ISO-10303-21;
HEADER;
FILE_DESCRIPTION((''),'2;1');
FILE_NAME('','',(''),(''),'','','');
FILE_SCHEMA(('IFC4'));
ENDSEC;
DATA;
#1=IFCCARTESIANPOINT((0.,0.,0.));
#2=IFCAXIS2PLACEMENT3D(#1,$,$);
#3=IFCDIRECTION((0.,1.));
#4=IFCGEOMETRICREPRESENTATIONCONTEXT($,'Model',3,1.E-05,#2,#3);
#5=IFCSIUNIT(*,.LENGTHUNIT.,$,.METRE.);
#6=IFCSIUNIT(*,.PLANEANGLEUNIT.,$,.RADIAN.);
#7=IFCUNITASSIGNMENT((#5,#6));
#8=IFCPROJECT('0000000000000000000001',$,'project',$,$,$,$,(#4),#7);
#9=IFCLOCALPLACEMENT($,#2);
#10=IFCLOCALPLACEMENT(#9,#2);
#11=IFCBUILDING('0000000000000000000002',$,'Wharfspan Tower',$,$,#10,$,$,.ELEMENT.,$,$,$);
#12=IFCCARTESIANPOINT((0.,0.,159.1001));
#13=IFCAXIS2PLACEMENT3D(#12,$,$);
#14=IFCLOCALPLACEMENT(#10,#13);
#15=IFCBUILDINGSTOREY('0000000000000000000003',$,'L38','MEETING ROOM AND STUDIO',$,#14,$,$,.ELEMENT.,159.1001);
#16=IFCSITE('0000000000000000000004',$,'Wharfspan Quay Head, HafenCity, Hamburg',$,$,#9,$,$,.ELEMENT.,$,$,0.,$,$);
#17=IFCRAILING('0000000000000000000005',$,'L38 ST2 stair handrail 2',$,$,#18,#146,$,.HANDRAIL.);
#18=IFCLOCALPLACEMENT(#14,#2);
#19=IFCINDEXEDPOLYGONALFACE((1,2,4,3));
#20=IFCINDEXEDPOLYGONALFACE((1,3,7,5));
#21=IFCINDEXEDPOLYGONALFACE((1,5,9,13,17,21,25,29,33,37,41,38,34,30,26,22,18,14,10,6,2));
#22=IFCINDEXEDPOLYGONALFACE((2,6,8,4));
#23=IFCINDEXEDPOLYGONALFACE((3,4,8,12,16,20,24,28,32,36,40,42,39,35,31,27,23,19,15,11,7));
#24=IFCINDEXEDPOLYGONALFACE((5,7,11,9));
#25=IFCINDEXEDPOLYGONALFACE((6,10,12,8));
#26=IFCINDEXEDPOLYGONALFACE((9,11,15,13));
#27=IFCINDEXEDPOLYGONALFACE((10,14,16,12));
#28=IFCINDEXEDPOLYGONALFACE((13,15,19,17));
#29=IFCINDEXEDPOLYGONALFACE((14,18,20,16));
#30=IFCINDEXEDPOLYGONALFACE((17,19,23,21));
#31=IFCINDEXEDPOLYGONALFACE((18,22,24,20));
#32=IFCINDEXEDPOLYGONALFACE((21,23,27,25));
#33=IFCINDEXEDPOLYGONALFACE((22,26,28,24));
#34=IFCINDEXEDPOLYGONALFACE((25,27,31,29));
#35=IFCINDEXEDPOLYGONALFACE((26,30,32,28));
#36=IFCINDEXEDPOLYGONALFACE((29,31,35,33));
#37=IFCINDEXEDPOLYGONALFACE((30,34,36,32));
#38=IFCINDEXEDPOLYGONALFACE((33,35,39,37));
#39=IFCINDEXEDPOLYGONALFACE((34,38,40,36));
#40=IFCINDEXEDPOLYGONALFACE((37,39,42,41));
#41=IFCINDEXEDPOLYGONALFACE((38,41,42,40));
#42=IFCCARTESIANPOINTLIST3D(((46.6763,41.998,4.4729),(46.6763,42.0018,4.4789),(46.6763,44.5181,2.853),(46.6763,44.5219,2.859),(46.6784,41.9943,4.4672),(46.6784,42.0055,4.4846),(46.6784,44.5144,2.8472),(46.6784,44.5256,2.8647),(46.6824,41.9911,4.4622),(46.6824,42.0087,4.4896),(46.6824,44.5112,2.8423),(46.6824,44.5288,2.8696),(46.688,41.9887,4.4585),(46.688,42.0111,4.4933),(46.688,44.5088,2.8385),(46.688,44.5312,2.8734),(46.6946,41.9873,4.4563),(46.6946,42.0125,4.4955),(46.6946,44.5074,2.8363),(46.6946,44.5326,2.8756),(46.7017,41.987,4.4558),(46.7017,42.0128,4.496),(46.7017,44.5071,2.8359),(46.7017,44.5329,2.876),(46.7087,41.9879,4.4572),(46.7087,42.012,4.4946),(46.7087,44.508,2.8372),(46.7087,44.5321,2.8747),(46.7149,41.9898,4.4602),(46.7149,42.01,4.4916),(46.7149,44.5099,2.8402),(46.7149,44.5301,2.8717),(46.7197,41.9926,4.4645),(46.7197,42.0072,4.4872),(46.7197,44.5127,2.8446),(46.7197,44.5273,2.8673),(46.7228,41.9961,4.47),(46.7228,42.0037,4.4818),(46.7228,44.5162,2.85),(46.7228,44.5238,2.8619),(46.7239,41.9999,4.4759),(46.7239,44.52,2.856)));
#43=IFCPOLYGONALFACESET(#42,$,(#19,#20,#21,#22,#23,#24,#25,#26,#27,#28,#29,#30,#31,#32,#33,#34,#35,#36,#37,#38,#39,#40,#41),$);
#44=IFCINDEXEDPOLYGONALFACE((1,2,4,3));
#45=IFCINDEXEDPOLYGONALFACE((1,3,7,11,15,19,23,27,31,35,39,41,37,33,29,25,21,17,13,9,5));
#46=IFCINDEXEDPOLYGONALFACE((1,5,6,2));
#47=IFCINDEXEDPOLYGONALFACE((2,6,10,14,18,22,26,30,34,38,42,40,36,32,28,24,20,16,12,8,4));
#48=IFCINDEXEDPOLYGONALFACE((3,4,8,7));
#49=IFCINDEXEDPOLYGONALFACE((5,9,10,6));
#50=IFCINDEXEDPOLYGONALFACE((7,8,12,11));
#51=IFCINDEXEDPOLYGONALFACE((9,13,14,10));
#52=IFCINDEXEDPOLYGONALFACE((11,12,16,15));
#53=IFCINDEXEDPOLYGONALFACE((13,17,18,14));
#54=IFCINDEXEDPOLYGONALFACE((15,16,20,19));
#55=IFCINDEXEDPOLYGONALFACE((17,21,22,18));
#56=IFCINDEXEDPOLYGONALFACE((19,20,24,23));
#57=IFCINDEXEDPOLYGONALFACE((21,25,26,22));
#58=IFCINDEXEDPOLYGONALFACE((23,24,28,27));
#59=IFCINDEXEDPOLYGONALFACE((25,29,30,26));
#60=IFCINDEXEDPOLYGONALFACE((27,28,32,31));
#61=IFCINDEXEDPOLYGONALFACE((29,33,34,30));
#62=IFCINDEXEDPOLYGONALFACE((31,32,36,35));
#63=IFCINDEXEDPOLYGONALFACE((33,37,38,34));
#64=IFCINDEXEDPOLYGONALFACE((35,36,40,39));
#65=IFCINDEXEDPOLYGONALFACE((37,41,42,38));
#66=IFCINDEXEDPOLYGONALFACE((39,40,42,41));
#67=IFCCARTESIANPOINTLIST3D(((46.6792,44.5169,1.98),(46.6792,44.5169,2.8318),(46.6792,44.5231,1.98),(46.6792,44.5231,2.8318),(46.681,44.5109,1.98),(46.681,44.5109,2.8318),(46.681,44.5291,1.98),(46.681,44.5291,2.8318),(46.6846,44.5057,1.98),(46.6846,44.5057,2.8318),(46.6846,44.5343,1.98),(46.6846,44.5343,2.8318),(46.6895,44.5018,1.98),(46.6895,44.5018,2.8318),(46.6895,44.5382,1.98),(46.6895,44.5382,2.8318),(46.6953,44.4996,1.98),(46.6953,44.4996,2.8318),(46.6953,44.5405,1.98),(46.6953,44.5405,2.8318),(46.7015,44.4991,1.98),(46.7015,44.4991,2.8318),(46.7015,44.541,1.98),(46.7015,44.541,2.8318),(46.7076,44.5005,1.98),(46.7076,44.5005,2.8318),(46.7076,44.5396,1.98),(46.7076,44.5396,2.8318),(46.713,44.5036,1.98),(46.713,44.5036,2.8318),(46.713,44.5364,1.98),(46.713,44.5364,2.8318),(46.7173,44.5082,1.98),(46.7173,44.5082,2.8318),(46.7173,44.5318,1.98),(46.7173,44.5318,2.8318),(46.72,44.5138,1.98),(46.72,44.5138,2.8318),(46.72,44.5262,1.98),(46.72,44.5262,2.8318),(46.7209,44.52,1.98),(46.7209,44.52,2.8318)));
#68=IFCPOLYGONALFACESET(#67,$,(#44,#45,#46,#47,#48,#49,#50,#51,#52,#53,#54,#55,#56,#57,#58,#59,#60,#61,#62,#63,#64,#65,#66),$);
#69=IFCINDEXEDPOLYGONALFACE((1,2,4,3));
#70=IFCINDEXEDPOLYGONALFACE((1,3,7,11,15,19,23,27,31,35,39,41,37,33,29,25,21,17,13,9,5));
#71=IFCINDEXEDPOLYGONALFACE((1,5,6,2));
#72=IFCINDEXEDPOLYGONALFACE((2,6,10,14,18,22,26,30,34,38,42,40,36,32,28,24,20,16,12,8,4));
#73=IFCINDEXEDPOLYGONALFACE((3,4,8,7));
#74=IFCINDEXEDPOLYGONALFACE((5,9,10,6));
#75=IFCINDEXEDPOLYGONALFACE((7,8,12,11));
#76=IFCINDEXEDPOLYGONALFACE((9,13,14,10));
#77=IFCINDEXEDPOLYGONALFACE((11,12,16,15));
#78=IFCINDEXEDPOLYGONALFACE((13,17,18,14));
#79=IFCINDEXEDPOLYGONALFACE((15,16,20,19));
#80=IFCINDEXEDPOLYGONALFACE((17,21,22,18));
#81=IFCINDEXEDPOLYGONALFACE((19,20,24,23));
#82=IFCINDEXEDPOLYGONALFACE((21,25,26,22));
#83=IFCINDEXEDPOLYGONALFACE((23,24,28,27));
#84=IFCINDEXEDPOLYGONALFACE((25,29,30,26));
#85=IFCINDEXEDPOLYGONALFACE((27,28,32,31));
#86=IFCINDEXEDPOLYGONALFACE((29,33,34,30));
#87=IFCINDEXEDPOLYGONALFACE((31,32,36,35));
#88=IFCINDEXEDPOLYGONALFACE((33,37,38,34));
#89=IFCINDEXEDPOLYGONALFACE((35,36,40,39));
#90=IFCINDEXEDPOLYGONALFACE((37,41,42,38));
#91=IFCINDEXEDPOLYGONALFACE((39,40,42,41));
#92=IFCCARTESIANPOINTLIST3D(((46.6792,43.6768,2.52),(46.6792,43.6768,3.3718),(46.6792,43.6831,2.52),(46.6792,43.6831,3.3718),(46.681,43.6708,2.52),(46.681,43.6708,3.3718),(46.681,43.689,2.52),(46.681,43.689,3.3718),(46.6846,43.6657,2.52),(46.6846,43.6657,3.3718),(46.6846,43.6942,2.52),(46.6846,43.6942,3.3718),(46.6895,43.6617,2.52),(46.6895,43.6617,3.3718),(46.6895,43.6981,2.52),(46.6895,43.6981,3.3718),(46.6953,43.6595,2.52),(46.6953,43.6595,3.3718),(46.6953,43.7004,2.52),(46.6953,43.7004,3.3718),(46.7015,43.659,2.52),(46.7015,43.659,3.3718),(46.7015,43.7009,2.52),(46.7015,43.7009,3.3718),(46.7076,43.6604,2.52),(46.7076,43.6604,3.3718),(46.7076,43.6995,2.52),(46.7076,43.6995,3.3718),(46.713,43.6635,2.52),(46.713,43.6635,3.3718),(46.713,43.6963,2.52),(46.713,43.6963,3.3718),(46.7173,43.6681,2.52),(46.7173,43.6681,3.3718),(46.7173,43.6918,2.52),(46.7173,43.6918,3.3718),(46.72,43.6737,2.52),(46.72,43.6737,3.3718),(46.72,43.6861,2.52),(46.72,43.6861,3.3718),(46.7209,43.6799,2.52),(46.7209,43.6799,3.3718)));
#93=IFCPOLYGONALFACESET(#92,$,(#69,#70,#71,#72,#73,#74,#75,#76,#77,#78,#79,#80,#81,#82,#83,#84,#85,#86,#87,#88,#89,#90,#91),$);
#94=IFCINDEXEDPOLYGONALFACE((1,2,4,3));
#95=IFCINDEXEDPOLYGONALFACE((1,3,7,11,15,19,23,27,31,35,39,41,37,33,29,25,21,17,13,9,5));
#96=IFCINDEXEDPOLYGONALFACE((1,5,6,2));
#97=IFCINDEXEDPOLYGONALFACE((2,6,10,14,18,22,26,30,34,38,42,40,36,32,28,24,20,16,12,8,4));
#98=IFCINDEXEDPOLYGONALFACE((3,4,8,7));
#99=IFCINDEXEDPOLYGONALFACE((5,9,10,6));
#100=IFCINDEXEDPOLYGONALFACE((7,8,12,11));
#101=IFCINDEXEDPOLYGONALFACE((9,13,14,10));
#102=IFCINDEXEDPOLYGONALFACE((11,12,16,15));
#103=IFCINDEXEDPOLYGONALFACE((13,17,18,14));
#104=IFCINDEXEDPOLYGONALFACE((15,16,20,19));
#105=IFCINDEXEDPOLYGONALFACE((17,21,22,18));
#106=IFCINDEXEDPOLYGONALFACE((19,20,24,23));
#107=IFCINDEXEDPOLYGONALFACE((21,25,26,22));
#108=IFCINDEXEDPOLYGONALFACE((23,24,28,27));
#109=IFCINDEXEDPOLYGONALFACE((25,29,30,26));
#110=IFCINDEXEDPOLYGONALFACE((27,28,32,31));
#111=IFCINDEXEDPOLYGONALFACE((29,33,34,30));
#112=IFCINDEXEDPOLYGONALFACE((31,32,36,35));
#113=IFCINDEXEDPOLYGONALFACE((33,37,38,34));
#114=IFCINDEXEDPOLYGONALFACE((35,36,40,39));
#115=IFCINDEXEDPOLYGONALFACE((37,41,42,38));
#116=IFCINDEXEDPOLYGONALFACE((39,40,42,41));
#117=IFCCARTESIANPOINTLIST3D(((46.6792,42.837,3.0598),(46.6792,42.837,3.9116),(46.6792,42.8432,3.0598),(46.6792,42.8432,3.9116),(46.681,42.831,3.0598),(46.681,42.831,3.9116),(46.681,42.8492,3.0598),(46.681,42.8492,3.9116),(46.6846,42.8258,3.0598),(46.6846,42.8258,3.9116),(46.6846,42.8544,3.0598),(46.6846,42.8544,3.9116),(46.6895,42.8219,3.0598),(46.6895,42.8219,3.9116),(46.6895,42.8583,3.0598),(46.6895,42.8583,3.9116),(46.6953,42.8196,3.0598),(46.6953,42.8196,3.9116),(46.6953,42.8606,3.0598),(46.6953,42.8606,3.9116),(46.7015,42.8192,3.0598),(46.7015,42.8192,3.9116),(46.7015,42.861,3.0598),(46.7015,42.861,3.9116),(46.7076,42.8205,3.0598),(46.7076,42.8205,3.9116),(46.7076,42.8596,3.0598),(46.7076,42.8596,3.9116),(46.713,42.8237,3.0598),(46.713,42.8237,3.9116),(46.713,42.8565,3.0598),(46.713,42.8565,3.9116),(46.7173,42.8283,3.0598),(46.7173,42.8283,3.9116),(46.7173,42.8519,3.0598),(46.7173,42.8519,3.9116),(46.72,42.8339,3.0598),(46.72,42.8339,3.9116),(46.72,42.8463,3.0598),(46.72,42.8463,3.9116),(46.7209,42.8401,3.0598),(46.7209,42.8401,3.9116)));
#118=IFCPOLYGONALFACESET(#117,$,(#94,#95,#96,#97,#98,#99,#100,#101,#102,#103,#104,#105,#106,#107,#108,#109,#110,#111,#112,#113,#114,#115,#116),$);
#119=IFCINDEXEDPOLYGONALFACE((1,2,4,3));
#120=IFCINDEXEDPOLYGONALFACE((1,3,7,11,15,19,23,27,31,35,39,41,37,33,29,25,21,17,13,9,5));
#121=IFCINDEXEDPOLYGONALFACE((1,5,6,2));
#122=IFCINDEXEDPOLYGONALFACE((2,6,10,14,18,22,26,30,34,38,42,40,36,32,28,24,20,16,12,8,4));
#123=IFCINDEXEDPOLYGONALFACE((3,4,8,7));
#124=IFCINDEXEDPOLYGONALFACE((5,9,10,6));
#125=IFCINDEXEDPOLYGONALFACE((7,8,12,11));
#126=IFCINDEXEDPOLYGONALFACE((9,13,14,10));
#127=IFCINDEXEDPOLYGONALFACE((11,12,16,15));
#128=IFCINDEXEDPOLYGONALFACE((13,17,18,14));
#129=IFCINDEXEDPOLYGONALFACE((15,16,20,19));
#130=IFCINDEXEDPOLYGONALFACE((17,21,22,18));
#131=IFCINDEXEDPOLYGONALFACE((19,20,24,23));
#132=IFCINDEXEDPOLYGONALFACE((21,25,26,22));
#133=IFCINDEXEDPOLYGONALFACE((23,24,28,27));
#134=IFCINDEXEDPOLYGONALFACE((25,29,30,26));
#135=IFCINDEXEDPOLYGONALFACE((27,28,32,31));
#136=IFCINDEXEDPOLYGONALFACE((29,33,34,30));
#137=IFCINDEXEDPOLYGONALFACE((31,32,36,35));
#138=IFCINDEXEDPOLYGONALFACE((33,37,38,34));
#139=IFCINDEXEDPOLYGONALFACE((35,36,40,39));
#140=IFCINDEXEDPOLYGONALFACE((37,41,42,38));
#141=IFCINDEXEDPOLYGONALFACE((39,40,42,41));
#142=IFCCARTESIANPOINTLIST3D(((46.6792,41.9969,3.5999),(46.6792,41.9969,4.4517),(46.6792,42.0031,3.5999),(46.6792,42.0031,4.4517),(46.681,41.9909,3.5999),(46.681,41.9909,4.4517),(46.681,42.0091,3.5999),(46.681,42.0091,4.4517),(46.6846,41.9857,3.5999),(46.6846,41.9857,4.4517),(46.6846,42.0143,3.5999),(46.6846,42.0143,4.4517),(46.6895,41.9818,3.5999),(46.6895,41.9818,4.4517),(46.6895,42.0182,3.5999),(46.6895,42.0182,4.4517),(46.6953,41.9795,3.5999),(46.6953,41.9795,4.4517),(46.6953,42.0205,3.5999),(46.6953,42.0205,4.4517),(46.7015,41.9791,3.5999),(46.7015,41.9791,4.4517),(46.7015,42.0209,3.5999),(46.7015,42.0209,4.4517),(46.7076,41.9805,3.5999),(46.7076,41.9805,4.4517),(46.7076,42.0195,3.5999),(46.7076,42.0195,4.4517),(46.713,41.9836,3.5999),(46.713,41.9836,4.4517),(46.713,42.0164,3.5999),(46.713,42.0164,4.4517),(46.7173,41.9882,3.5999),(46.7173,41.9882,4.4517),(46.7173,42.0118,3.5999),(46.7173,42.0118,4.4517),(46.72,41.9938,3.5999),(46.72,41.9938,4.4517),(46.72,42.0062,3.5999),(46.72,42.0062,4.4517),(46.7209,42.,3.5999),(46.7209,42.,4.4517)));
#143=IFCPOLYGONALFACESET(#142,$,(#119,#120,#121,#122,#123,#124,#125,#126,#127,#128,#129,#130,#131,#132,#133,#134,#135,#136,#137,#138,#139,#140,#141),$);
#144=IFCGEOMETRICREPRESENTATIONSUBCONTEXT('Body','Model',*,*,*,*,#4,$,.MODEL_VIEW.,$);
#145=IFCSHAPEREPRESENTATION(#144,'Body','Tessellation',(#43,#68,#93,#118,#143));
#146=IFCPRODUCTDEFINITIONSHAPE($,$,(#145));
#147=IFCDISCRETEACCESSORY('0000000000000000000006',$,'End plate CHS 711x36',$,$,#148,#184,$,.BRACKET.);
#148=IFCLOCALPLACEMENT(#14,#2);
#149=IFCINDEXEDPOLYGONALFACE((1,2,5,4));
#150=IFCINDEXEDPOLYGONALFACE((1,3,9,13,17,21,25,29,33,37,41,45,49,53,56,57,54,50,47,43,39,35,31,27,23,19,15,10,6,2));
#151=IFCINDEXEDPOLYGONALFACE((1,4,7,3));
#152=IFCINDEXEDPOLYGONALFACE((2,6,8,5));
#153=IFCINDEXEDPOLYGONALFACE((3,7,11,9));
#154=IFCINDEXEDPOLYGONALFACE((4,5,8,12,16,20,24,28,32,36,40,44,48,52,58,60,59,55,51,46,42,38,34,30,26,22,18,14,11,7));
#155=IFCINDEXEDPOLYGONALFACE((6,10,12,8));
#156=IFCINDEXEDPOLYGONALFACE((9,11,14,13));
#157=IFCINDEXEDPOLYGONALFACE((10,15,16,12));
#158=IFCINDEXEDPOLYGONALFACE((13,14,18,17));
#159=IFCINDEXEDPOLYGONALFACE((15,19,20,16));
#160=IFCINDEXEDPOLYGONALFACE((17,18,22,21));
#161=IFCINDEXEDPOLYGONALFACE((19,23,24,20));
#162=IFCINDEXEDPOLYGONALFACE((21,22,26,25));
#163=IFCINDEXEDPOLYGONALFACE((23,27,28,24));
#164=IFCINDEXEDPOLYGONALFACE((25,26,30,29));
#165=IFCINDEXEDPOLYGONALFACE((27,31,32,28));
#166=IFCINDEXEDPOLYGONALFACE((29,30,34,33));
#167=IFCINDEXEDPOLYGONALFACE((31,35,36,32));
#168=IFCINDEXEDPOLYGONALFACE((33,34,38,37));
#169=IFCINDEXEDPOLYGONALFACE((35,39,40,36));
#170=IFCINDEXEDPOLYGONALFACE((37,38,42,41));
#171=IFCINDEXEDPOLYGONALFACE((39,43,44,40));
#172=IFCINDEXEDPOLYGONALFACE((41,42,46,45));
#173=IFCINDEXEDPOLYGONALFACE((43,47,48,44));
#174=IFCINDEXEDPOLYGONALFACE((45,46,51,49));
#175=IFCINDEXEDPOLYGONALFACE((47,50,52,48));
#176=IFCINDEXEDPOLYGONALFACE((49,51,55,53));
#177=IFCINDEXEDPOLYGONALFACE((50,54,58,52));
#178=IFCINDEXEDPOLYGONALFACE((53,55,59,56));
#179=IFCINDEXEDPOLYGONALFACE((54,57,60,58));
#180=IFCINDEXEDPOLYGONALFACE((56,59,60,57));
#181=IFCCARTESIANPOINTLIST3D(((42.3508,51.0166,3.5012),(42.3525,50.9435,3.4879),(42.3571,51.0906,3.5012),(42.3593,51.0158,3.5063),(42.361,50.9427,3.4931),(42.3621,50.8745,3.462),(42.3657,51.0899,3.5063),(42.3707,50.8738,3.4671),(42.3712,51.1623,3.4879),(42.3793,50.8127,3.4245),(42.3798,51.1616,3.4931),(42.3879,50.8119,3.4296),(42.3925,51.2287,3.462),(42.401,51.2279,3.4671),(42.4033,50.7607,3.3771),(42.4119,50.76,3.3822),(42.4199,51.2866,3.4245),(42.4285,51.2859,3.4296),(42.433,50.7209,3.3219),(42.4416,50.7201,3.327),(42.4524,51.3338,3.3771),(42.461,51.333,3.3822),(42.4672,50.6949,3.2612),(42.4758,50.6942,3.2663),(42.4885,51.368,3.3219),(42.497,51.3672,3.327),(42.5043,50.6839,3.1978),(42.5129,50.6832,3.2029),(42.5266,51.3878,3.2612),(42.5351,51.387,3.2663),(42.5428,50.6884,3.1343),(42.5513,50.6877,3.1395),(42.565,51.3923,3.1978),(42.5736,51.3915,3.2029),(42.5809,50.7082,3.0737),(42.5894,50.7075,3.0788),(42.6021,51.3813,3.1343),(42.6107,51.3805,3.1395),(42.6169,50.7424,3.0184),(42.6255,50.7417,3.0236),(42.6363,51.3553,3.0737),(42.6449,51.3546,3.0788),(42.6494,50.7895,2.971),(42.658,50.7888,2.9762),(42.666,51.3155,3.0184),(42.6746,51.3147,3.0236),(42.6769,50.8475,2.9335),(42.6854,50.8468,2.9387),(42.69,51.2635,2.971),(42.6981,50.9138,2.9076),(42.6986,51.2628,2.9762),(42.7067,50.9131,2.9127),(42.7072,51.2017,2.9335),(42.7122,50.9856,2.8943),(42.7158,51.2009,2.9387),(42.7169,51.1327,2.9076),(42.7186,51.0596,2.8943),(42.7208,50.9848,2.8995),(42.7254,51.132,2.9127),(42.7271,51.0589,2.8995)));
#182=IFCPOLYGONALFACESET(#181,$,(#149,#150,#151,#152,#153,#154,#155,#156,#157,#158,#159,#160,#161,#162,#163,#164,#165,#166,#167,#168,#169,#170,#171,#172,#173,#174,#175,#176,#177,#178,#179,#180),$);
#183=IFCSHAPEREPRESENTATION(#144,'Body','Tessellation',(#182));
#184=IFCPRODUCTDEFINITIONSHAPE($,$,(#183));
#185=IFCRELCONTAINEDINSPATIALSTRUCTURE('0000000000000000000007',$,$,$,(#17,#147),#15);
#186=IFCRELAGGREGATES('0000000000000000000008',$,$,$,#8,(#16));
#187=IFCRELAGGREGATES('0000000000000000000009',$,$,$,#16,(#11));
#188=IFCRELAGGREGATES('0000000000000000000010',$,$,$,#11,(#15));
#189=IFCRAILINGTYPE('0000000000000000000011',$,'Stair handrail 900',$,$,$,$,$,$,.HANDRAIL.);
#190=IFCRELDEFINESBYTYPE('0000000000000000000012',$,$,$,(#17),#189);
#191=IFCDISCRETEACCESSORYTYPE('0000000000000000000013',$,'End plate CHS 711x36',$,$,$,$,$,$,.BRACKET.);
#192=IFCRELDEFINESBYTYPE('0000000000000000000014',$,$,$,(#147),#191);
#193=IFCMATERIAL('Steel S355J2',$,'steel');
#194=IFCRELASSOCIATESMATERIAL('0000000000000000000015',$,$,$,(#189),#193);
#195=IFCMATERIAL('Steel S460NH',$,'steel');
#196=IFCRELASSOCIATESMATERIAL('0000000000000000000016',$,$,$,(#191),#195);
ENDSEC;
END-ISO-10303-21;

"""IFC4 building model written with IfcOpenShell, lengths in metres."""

from ifc_helpers import new_model, si_unit, direction, frame, origin, origin_2d, place, context, subcontext, project, spatial, circle, extrude, material, material_profile, profile_set, type_object, element, save


model = new_model("IFC4")

# Units and contexts
model_context = context("Model", 3, precision=1e-05, world=origin(), true_north=direction((0.0, 1.0)))
body_context = subcontext(model_context, "Body", "Model", "MODEL_VIEW")
ifc_project = project(units=[si_unit("LENGTHUNIT", "METRE"), si_unit("PLANEANGLEUNIT", "RADIAN")], contexts=[model_context])

# Site, building, storey
site_placement = place(None, origin())
site = spatial("IfcSite", under=ifc_project, at=site_placement, Name="Wharfspan Quay Head, HafenCity, Hamburg", CompositionType="ELEMENT", RefElevation=0.0)
building_placement = place(site_placement, origin())
building = spatial("IfcBuilding", under=site, at=building_placement, Name="Wharfspan Tower", CompositionType="ELEMENT")
storey_placement = place(building_placement, frame((0.0, 0.0, 159.1001)))
storey = spatial("IfcBuildingStorey", under=building, at=storey_placement, Name="L38", Description="MEETING ROOM AND STUDIO", CompositionType="ELEMENT", Elevation=159.1001)

# Shared definitions
ifc_material_1 = material(Name="Steel S355J2", Category="steel")

# Shared definitions
ifc_material_2 = material(Name="Steel S460NH", Category="steel")

# Railing
railing_type_1 = type_object("IfcRailingType", Name="Stair handrail 900", PredefinedType="HANDRAIL", material=ifc_material_1)
railing_1_placement = place(storey_placement, frame((46.7, 44.52, 1.98)))
element("IfcRailing", 1, at=railing_1_placement, inside=storey, type_object=railing_type_1, Name="L38 ST2 stair handrail 2", PredefinedType="HANDRAIL", context=body_context, shape_type="SweptSolid", body=[
    extrude(circle(Radius=0.0239, at=origin_2d()), frame((0.0, 0.0, 0.876), z_axis=(0.0, -0.8412, 0.540725), x_axis=(1.0, 0.0, 0.0)), (0.0, 0.0, 1.0), 2.9958),
    extrude(circle(Radius=0.021, at=origin_2d()), origin(), (0.0, 0.0, 1.0), 0.8518),
    extrude(circle(Radius=0.021, at=origin_2d()), frame((0.0, -0.8401, 0.54)), (0.0, 0.0, 1.0), 0.8518),
    extrude(circle(Radius=0.021, at=origin_2d()), frame((0.0, -1.6799, 1.0798)), (0.0, 0.0, 1.0), 0.8518),
    extrude(circle(Radius=0.021, at=origin_2d()), frame((0.0, -2.52, 1.6199)), (0.0, 0.0, 1.0), 0.8518),
])

# Discrete accessory
ifc_material_profile_1 = material_profile(ifc_material_2, circle(Radius=0.3555, at=origin_2d()))
ifc_profile_set_1 = profile_set([ifc_material_profile_1], Name="Steel S460NH")
discrete_accessory_type = type_object("IfcDiscreteAccessoryType", Name="End plate CHS 711x36", PredefinedType="BRACKET", material=ifc_profile_set_1)
for number, where, z_axis, x_axis, name in (
    (2, (42.5347, 51.0381, 3.1978), (0.855186, -0.073302, 0.513112), (0.085402, 0.996345, -0.000001), "End plate CHS 711x36"),
):
    element("IfcDiscreteAccessory", number, at=place(storey_placement, frame(where, z_axis=z_axis, x_axis=x_axis)), inside=storey, type_object=discrete_accessory_type, Name=name, PredefinedType="BRACKET", context=body_context, shape_type="SweptSolid", body=[
        extrude(circle(Radius=0.3555, at=origin_2d()), origin(), (0.0, 0.0, 1.0), 0.01),
    ])

save(model, "model.ifc")
